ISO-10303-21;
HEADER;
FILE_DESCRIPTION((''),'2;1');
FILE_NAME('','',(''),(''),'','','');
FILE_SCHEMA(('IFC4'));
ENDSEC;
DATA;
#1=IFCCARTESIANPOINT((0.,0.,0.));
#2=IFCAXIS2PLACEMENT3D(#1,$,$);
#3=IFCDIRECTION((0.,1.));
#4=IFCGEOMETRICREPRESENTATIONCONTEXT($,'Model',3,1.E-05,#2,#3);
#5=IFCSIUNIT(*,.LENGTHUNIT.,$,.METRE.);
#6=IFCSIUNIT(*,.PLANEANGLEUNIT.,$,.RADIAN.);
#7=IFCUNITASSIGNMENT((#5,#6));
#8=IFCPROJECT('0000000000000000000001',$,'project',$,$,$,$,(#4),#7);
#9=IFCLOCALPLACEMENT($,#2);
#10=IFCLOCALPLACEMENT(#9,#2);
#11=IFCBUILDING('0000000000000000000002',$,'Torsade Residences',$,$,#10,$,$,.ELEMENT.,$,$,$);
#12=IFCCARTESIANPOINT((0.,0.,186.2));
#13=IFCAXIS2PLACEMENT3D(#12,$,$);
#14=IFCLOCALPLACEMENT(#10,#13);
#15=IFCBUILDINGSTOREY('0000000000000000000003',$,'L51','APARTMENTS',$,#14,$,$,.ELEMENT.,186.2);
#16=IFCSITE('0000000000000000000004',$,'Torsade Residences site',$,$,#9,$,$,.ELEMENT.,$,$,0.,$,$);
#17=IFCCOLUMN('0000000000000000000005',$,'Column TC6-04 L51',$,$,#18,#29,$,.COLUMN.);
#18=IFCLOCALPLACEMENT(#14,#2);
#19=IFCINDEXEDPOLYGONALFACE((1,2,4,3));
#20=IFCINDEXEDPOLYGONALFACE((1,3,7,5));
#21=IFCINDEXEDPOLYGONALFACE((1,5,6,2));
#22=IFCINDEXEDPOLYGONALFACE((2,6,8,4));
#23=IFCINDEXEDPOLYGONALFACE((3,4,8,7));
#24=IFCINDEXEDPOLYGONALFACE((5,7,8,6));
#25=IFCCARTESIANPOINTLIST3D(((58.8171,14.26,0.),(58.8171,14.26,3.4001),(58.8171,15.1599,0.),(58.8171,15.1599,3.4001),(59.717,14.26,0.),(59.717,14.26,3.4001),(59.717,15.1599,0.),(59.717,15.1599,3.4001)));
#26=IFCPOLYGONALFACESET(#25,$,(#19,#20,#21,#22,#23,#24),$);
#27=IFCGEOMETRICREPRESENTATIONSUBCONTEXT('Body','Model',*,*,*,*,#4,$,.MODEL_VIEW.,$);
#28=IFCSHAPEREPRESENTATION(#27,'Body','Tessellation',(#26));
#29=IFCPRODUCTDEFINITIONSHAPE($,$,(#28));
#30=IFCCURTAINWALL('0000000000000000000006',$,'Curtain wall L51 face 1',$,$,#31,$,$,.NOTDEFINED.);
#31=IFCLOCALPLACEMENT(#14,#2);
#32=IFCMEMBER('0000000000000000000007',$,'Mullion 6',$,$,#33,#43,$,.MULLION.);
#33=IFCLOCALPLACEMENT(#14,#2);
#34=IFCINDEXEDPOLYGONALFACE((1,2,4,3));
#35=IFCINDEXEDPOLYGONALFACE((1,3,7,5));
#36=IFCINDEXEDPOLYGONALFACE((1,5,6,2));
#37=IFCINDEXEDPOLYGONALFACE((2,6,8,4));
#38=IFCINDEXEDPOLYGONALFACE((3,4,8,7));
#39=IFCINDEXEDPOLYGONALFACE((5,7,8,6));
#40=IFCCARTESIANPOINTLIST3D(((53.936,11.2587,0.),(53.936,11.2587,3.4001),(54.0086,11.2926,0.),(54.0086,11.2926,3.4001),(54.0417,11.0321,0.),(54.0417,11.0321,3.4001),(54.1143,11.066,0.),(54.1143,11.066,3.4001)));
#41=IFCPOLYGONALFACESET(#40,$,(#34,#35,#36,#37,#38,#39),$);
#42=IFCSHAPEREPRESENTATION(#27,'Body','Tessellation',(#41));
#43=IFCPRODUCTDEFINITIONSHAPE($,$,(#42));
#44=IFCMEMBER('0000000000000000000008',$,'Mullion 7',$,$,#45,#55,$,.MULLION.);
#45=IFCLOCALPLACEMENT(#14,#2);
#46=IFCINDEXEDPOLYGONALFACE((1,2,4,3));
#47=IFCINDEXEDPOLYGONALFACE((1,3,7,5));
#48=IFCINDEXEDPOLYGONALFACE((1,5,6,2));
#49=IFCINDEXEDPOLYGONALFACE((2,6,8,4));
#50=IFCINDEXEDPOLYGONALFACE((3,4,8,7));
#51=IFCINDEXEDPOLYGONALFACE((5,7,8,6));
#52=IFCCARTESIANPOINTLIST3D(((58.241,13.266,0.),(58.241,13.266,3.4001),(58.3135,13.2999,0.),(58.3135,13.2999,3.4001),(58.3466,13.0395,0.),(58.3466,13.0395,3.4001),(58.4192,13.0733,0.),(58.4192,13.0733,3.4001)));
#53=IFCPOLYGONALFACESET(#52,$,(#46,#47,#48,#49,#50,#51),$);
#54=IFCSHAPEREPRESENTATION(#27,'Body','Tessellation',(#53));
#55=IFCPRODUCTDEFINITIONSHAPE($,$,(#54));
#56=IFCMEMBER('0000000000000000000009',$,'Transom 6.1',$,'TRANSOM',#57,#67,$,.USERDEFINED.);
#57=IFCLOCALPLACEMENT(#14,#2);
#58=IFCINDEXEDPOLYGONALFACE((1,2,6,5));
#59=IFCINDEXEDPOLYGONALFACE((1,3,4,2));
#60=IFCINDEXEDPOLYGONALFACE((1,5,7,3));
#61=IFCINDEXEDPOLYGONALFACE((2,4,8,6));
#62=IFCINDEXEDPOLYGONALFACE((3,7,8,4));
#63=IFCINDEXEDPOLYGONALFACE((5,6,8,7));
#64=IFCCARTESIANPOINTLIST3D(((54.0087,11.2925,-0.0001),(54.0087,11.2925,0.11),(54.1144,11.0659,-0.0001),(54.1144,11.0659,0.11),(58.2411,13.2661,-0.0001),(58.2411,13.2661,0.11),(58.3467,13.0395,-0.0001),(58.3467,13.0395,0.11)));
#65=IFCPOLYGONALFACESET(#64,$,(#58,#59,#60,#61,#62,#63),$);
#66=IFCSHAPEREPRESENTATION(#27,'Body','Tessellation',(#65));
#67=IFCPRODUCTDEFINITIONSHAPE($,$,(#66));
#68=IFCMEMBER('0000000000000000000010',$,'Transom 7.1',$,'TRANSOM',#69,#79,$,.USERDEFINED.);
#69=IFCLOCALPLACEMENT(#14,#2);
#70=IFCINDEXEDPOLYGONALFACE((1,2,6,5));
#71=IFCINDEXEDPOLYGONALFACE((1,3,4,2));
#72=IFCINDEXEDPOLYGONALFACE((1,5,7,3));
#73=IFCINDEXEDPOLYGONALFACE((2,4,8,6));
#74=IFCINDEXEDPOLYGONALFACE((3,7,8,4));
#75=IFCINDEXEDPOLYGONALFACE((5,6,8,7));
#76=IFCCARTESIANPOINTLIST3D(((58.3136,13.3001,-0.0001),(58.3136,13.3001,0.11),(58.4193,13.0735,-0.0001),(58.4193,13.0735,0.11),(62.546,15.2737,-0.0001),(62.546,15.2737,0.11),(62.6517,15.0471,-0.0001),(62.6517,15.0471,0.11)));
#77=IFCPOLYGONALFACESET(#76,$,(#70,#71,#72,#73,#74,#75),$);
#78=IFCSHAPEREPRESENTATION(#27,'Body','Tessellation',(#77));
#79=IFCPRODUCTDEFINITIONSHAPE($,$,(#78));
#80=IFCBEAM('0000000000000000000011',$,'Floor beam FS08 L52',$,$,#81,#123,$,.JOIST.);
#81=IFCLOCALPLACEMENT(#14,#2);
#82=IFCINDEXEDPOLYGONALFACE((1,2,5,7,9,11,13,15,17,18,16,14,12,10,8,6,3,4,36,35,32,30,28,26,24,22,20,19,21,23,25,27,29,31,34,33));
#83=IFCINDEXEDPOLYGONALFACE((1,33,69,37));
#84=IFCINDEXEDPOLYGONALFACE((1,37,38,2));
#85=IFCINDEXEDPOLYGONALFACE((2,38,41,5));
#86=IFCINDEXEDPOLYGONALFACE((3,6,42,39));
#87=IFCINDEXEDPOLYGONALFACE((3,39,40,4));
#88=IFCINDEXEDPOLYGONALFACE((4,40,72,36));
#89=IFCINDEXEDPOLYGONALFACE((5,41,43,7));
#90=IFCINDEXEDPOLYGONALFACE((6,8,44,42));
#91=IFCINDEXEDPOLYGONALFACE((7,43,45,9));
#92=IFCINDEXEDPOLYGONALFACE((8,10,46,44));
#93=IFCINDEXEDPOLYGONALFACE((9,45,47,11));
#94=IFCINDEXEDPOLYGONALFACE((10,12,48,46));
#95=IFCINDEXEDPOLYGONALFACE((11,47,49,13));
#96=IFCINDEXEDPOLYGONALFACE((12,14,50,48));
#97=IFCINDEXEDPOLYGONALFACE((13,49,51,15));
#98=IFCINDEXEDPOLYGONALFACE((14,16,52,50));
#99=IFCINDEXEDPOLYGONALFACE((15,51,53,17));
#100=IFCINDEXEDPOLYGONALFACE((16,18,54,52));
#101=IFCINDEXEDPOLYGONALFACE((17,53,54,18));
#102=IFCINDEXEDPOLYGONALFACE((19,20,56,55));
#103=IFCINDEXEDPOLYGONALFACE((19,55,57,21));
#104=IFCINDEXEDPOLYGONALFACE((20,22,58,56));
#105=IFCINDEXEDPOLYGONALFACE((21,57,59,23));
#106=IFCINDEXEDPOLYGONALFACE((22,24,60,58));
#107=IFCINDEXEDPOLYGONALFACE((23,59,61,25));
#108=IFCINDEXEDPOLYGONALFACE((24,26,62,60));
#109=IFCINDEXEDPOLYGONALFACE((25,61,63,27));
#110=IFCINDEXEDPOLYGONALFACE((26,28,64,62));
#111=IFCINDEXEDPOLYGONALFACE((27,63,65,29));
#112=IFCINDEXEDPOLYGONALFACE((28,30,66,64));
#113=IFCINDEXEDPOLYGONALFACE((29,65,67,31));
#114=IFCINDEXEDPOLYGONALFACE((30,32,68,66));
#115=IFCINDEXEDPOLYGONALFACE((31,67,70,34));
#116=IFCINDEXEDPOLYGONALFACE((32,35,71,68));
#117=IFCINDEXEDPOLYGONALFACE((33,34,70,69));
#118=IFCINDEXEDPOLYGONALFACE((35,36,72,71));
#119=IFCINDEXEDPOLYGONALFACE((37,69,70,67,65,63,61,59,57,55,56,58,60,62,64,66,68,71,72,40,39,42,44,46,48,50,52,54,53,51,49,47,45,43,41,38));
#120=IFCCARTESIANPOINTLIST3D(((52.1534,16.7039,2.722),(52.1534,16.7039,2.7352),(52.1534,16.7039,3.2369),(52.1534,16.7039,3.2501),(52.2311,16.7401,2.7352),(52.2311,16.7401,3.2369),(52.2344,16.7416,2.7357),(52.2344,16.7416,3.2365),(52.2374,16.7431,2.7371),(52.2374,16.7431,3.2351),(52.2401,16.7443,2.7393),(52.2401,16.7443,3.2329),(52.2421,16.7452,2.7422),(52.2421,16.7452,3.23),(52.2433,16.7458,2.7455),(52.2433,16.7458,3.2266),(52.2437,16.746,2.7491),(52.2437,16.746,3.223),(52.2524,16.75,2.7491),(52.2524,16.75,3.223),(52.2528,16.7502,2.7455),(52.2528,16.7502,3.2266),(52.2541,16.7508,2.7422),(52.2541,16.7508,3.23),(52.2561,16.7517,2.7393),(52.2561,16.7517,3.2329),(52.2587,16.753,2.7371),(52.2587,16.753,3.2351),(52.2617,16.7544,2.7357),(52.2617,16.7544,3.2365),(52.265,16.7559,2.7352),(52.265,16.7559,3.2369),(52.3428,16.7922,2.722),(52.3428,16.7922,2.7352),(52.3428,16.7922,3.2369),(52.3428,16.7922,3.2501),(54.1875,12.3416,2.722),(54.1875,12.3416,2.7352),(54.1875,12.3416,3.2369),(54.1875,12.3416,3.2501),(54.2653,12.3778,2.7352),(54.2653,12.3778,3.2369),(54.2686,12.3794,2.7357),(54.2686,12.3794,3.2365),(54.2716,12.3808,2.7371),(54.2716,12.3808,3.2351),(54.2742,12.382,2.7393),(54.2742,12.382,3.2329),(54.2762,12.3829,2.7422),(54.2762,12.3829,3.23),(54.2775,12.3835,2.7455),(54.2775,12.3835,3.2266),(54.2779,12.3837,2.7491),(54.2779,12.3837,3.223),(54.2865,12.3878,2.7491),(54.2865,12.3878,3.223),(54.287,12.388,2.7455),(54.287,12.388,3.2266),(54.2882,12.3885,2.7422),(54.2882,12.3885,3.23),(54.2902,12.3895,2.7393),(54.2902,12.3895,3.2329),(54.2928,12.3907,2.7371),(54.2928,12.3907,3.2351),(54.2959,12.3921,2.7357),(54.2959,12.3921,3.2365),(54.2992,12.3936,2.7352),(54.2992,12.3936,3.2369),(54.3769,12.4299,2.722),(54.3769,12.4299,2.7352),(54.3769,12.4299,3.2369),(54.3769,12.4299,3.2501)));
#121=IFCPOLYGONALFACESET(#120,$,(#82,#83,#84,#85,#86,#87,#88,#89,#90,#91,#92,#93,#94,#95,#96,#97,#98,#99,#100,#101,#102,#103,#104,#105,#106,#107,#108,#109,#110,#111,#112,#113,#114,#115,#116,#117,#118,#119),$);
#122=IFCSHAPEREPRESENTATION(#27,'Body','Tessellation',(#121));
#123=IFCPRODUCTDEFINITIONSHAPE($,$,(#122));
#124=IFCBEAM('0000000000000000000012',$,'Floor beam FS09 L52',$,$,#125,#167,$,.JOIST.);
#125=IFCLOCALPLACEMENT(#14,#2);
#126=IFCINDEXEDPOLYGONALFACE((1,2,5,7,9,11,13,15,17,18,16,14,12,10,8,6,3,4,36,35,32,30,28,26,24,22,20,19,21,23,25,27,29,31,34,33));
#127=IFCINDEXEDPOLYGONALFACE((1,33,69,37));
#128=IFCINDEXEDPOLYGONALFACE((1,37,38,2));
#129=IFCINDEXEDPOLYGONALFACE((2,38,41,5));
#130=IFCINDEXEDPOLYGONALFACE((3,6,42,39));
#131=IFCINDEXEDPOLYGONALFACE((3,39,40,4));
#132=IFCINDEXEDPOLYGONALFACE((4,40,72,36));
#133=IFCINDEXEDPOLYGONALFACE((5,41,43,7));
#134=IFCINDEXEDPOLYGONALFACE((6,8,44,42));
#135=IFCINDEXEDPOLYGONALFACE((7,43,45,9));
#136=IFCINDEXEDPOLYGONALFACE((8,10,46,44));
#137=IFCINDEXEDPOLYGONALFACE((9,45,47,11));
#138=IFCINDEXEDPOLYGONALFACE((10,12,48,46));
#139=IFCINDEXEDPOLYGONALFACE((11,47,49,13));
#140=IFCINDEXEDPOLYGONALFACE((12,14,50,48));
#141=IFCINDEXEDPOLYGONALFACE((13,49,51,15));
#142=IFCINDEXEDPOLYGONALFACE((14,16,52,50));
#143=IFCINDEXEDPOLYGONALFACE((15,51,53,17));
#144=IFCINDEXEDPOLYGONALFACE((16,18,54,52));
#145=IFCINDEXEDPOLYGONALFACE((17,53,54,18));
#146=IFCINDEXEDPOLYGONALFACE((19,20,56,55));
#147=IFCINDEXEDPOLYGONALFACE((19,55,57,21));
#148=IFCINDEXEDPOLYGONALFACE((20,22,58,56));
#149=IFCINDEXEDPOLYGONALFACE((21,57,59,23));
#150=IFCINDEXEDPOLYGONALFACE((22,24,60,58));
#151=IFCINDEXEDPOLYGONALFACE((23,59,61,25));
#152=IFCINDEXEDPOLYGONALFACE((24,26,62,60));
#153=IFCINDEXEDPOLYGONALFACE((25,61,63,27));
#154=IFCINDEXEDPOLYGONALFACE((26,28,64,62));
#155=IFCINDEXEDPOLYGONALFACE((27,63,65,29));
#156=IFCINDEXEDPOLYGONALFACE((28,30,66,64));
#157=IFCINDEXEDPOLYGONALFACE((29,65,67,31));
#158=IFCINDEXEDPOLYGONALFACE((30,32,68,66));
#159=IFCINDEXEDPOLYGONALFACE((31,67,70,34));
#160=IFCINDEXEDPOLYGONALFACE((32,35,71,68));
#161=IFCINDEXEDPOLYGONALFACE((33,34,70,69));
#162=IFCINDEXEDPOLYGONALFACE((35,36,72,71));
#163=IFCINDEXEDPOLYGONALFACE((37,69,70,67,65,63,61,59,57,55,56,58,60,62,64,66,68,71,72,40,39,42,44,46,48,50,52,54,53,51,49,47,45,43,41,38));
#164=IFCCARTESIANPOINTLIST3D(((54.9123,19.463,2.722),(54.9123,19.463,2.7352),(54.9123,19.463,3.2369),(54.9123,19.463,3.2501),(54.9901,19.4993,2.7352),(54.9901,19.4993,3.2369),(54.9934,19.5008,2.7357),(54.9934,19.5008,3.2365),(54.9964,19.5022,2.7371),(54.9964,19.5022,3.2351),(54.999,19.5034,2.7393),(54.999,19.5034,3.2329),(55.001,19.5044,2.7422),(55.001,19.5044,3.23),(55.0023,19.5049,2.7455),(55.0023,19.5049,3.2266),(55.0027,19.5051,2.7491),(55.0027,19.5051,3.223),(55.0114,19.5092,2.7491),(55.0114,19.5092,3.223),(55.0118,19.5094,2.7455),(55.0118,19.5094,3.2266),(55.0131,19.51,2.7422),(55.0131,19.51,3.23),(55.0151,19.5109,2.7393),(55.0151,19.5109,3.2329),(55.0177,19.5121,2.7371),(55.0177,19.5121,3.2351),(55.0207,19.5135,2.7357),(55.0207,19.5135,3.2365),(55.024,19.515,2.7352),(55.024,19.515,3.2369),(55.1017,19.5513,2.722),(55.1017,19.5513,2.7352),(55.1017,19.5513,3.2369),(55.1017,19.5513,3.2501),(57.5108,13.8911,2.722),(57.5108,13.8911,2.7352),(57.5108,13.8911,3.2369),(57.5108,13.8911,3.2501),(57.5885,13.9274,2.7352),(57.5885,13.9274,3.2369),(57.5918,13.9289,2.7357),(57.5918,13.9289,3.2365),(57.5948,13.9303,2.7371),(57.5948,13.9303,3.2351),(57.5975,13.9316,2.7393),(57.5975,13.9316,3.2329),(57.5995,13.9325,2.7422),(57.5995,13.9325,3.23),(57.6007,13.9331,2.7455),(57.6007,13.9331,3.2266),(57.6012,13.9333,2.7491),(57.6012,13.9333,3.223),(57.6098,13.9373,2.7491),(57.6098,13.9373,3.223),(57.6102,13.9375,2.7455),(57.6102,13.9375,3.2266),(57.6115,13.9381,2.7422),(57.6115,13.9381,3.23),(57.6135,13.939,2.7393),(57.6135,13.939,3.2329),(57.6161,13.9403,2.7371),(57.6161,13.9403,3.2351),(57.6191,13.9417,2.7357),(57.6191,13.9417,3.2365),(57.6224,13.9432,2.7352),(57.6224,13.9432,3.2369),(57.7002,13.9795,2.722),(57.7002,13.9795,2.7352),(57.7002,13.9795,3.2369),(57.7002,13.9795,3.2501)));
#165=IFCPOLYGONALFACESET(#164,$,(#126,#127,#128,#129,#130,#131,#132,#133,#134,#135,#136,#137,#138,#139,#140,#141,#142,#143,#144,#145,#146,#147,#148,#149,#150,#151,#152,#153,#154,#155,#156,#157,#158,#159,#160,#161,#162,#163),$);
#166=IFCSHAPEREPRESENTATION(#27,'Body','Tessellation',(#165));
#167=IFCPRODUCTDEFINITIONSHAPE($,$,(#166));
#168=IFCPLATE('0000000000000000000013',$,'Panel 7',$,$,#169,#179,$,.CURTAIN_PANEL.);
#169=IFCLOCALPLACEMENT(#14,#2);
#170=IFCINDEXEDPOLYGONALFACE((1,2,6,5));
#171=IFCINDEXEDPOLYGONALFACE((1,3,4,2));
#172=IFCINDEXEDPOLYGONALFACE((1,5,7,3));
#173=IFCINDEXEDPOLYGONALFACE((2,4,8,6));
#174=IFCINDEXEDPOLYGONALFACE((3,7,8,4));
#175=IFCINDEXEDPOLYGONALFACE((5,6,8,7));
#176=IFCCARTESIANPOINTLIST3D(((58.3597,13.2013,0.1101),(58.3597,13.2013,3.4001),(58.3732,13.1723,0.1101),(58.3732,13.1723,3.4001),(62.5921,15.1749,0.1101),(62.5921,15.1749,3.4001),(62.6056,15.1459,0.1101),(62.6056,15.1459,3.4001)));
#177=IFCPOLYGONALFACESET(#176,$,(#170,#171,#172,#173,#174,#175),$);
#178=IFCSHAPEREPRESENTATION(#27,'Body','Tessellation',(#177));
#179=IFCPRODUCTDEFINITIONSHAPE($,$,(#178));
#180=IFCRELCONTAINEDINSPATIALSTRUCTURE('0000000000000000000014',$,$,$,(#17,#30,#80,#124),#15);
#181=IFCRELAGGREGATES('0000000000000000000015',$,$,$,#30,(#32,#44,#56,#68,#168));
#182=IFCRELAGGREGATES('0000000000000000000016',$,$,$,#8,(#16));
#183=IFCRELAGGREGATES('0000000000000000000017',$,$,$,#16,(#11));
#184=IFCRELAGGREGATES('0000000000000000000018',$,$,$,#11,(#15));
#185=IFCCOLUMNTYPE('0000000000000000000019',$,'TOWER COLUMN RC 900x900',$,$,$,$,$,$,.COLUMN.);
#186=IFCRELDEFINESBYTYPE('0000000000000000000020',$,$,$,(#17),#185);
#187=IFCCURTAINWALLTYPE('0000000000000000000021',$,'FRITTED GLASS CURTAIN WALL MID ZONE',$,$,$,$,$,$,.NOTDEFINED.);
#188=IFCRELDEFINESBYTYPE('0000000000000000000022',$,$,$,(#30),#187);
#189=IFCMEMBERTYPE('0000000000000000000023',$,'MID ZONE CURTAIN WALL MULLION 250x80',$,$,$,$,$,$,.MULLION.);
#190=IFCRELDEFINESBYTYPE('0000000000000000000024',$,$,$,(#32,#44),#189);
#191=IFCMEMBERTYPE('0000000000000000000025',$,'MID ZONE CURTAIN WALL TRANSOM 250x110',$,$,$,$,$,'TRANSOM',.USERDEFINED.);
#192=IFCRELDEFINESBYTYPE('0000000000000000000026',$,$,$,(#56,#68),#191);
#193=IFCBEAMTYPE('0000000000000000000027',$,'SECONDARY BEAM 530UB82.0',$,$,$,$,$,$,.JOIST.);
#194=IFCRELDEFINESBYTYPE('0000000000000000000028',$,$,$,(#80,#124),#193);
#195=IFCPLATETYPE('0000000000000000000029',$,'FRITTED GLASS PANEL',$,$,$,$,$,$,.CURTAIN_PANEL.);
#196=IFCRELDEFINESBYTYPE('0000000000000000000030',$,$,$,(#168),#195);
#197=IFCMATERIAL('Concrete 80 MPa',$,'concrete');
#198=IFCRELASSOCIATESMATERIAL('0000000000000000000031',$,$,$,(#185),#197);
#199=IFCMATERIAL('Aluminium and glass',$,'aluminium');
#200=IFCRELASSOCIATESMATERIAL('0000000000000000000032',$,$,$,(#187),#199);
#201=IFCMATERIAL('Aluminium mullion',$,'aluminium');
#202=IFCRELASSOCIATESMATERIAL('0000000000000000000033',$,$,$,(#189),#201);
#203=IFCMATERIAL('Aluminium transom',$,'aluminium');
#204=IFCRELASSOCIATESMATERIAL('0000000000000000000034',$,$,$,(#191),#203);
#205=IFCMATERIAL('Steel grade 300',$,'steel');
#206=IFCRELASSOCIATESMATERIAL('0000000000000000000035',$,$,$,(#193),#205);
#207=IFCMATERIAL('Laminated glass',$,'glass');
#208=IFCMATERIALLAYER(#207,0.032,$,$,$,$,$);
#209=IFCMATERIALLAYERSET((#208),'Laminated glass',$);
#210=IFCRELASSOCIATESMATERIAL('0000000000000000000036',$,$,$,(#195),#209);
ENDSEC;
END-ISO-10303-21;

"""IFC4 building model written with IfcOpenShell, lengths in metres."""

from ifc_helpers import new_model, si_unit, direction, frame, origin, origin_2d, place, context, subcontext, project, spatial, rectangle, i_section, extrude, material, layer, layer_set, material_profile, profile_set, type_object, element, aggregate, save


model = new_model("IFC4")

# Units and contexts
model_context = context("Model", 3, precision=1e-05, world=origin(), true_north=direction((0.0, 1.0)))
body_context = subcontext(model_context, "Body", "Model", "MODEL_VIEW")
ifc_project = project(units=[si_unit("LENGTHUNIT", "METRE"), si_unit("PLANEANGLEUNIT", "RADIAN")], contexts=[model_context])

# Site, building, storey
site_placement = place(None, origin())
site = spatial("IfcSite", under=ifc_project, at=site_placement, Name="Torsade Residences site", CompositionType="ELEMENT", RefElevation=0.0)
building_placement = place(site_placement, origin())
building = spatial("IfcBuilding", under=site, at=building_placement, Name="Torsade Residences", CompositionType="ELEMENT")
storey_placement = place(building_placement, frame((0.0, 0.0, 186.2)))
storey = spatial("IfcBuildingStorey", under=building, at=storey_placement, Name="L51", Description="APARTMENTS", CompositionType="ELEMENT", Elevation=186.2)

# Column
ifc_material_1 = material(Name="Concrete 80 MPa", Category="concrete")
ifc_material_profile_1 = material_profile(ifc_material_1, rectangle(XDim=0.8999, YDim=0.8999, at=origin_2d()), Name="RC 900x900")
ifc_profile_set_1 = profile_set([ifc_material_profile_1], Name="Concrete 80 MPa")
column_type = type_object("IfcColumnType", Name="TOWER COLUMN RC 900x900", PredefinedType="COLUMN", material=ifc_profile_set_1)
column_placement = place(storey_placement, frame((59.2671, 14.71, 0.0), z_axis=(0.0, 0.0, 1.0), x_axis=(1.0, 0.0, 0.0)))
element("IfcColumn", 1, at=column_placement, inside=storey, type_object=column_type, Name="Column TC6-04 L51", PredefinedType="COLUMN", context=body_context, shape_type="SweptSolid", body=[
    extrude(rectangle(XDim=0.8999, YDim=0.8999, at=origin_2d()), origin(), (0.0, 0.0, 1.0), 3.4001),
])

# Curtain wall, members
ifc_material_2 = material(Name="Aluminium and glass", Category="aluminium")
curtain_wall_type = type_object("IfcCurtainWallType", Name="FRITTED GLASS CURTAIN WALL MID ZONE", PredefinedType="NOTDEFINED", material=ifc_material_2)
curtain_wall_placement = place(storey_placement, origin())
curtain_wall = element("IfcCurtainWall", 2, at=curtain_wall_placement, inside=storey, type_object=curtain_wall_type, Name="Curtain wall L51 face 1", PredefinedType="NOTDEFINED")
ifc_material_3 = material(Name="Aluminium mullion", Category="aluminium")
ifc_material_profile_2 = material_profile(ifc_material_3, rectangle(XDim=0.25, YDim=0.0801, at=origin_2d()), Name="MID ZONE CURTAIN WALL MULLION 250x80")
ifc_profile_set_2 = profile_set([ifc_material_profile_2], Name="Aluminium mullion")
member_type_1 = type_object("IfcMemberType", Name="MID ZONE CURTAIN WALL MULLION 250x80", PredefinedType="MULLION", material=ifc_profile_set_2)
member_1_placement = place(storey_placement, frame((54.0251, 11.1624, 0.0), z_axis=(0.0, 0.0, 1.0), x_axis=(-0.422618, 0.906308, 0.0)))
member_1 = element("IfcMember", 3, at=member_1_placement, type_object=member_type_1, Name="Mullion 6", PredefinedType="MULLION", context=body_context, shape_type="SweptSolid", body=[
    extrude(rectangle(XDim=0.25, YDim=0.0801, at=origin_2d()), origin(), (0.0, 0.0, 1.0), 3.4001),
])
member_2_placement = place(storey_placement, frame((58.3301, 13.1697, 0.0), z_axis=(0.0, 0.0, 1.0), x_axis=(-0.422618, 0.906308, 0.0)))
member_2 = element("IfcMember", 4, at=member_2_placement, type_object=member_type_1, Name="Mullion 7", PredefinedType="MULLION", context=body_context, shape_type="SweptSolid", body=[
    extrude(rectangle(XDim=0.25, YDim=0.0801, at=origin_2d()), origin(), (0.0, 0.0, 1.0), 3.4001),
])
ifc_material_4 = material(Name="Aluminium transom", Category="aluminium")
ifc_material_profile_3 = material_profile(ifc_material_4, rectangle(XDim=0.25, YDim=0.1101, at=origin_2d()), Name="MID ZONE CURTAIN WALL TRANSOM 250x110")
ifc_profile_set_3 = profile_set([ifc_material_profile_3], Name="Aluminium transom")
member_type_2 = type_object("IfcMemberType", Name="MID ZONE CURTAIN WALL TRANSOM 250x110", ElementType="TRANSOM", PredefinedType="USERDEFINED", material=ifc_profile_set_3)
member_3_placement = place(storey_placement, frame((54.0615, 11.1792, 0.0549), z_axis=(0.906306, 0.422622, 0.0), x_axis=(-0.422622, 0.906306, 0.0)))
member_3 = element("IfcMember", 5, at=member_3_placement, type_object=member_type_2, Name="Transom 6.1", ObjectType="TRANSOM", PredefinedType="USERDEFINED", context=body_context, shape_type="SweptSolid", body=[
    extrude(rectangle(XDim=0.25, YDim=0.1101, at=origin_2d()), origin(), (0.0, 0.0, 1.0), 4.6699),
])
member_4_placement = place(storey_placement, frame((58.3665, 13.1868, 0.0549), z_axis=(0.906306, 0.422622, 0.0), x_axis=(-0.422622, 0.906306, 0.0)))
member_4 = element("IfcMember", 6, at=member_4_placement, type_object=member_type_2, Name="Transom 7.1", ObjectType="TRANSOM", PredefinedType="USERDEFINED", context=body_context, shape_type="SweptSolid", body=[
    extrude(rectangle(XDim=0.25, YDim=0.1101, at=origin_2d()), origin(), (0.0, 0.0, 1.0), 4.6699),
])

# Beams
ifc_material_5 = material(Name="Steel grade 300", Category="steel")
ifc_material_profile_4 = material_profile(ifc_material_5, i_section(OverallWidth=0.209, OverallDepth=0.5281, WebThickness=0.0095, FlangeThickness=0.0132, FilletRadius=0.0139, at=origin_2d()), Name="530UB82.0")
ifc_profile_set_4 = profile_set([ifc_material_profile_4], Name="Steel grade 300")
beam_type = type_object("IfcBeamType", Name="SECONDARY BEAM 530UB82.0", PredefinedType="JOIST", material=ifc_profile_set_4)
beam_1_placement = place(storey_placement, frame((54.2822, 12.3857, 2.9861), z_axis=(-0.422619, 0.906308, 0.0), x_axis=(-0.906308, -0.422619, 0.0)))
element("IfcBeam", 7, at=beam_1_placement, inside=storey, type_object=beam_type, Name="Floor beam FS08 L52", PredefinedType="JOIST", context=body_context, shape_type="SweptSolid", body=[
    extrude(i_section(OverallWidth=0.209, OverallDepth=0.5281, WebThickness=0.0095, FlangeThickness=0.0132, FilletRadius=0.0139, at=origin_2d()), origin(), (0.0, 0.0, 1.0), 4.8132),
])
beam_2_placement = place(storey_placement, frame((57.6055, 13.9353, 2.9861), z_axis=(-0.422648, 0.906294, 0.0), x_axis=(-0.906294, -0.422648, 0.0)))
element("IfcBeam", 8, at=beam_2_placement, inside=storey, type_object=beam_type, Name="Floor beam FS09 L52", PredefinedType="JOIST", context=body_context, shape_type="SweptSolid", body=[
    extrude(i_section(OverallWidth=0.209, OverallDepth=0.5281, WebThickness=0.0095, FlangeThickness=0.0132, FilletRadius=0.0139, at=origin_2d()), origin(), (0.0, 0.0, 1.0), 6.1479),
])

# Plate
ifc_material_6 = material(Name="Laminated glass", Category="glass")
ifc_layer_1 = layer(ifc_material_6, 0.032)
ifc_layer_set_1 = layer_set([ifc_layer_1], Name="Laminated glass")
plate_type_1 = type_object("IfcPlateType", Name="FRITTED GLASS PANEL", PredefinedType="CURTAIN_PANEL", material=ifc_layer_set_1)
plate_1_placement = place(storey_placement, frame((60.4827, 14.1736, 0.1101), z_axis=(0.0, 0.0, 1.0), x_axis=(0.906308, 0.422618, 0.0)))
plate_1 = element("IfcPlate", 9, at=plate_1_placement, type_object=plate_type_1, Name="Panel 7", PredefinedType="CURTAIN_PANEL", context=body_context, shape_type="SweptSolid", body=[
    extrude(rectangle(XDim=4.6699, YDim=0.032, at=origin_2d()), origin(), (0.0, 0.0, 1.0), 3.29),
])
aggregate(curtain_wall, [member_1, member_2, member_3, member_4, plate_1])

save(model, "model.ifc")
